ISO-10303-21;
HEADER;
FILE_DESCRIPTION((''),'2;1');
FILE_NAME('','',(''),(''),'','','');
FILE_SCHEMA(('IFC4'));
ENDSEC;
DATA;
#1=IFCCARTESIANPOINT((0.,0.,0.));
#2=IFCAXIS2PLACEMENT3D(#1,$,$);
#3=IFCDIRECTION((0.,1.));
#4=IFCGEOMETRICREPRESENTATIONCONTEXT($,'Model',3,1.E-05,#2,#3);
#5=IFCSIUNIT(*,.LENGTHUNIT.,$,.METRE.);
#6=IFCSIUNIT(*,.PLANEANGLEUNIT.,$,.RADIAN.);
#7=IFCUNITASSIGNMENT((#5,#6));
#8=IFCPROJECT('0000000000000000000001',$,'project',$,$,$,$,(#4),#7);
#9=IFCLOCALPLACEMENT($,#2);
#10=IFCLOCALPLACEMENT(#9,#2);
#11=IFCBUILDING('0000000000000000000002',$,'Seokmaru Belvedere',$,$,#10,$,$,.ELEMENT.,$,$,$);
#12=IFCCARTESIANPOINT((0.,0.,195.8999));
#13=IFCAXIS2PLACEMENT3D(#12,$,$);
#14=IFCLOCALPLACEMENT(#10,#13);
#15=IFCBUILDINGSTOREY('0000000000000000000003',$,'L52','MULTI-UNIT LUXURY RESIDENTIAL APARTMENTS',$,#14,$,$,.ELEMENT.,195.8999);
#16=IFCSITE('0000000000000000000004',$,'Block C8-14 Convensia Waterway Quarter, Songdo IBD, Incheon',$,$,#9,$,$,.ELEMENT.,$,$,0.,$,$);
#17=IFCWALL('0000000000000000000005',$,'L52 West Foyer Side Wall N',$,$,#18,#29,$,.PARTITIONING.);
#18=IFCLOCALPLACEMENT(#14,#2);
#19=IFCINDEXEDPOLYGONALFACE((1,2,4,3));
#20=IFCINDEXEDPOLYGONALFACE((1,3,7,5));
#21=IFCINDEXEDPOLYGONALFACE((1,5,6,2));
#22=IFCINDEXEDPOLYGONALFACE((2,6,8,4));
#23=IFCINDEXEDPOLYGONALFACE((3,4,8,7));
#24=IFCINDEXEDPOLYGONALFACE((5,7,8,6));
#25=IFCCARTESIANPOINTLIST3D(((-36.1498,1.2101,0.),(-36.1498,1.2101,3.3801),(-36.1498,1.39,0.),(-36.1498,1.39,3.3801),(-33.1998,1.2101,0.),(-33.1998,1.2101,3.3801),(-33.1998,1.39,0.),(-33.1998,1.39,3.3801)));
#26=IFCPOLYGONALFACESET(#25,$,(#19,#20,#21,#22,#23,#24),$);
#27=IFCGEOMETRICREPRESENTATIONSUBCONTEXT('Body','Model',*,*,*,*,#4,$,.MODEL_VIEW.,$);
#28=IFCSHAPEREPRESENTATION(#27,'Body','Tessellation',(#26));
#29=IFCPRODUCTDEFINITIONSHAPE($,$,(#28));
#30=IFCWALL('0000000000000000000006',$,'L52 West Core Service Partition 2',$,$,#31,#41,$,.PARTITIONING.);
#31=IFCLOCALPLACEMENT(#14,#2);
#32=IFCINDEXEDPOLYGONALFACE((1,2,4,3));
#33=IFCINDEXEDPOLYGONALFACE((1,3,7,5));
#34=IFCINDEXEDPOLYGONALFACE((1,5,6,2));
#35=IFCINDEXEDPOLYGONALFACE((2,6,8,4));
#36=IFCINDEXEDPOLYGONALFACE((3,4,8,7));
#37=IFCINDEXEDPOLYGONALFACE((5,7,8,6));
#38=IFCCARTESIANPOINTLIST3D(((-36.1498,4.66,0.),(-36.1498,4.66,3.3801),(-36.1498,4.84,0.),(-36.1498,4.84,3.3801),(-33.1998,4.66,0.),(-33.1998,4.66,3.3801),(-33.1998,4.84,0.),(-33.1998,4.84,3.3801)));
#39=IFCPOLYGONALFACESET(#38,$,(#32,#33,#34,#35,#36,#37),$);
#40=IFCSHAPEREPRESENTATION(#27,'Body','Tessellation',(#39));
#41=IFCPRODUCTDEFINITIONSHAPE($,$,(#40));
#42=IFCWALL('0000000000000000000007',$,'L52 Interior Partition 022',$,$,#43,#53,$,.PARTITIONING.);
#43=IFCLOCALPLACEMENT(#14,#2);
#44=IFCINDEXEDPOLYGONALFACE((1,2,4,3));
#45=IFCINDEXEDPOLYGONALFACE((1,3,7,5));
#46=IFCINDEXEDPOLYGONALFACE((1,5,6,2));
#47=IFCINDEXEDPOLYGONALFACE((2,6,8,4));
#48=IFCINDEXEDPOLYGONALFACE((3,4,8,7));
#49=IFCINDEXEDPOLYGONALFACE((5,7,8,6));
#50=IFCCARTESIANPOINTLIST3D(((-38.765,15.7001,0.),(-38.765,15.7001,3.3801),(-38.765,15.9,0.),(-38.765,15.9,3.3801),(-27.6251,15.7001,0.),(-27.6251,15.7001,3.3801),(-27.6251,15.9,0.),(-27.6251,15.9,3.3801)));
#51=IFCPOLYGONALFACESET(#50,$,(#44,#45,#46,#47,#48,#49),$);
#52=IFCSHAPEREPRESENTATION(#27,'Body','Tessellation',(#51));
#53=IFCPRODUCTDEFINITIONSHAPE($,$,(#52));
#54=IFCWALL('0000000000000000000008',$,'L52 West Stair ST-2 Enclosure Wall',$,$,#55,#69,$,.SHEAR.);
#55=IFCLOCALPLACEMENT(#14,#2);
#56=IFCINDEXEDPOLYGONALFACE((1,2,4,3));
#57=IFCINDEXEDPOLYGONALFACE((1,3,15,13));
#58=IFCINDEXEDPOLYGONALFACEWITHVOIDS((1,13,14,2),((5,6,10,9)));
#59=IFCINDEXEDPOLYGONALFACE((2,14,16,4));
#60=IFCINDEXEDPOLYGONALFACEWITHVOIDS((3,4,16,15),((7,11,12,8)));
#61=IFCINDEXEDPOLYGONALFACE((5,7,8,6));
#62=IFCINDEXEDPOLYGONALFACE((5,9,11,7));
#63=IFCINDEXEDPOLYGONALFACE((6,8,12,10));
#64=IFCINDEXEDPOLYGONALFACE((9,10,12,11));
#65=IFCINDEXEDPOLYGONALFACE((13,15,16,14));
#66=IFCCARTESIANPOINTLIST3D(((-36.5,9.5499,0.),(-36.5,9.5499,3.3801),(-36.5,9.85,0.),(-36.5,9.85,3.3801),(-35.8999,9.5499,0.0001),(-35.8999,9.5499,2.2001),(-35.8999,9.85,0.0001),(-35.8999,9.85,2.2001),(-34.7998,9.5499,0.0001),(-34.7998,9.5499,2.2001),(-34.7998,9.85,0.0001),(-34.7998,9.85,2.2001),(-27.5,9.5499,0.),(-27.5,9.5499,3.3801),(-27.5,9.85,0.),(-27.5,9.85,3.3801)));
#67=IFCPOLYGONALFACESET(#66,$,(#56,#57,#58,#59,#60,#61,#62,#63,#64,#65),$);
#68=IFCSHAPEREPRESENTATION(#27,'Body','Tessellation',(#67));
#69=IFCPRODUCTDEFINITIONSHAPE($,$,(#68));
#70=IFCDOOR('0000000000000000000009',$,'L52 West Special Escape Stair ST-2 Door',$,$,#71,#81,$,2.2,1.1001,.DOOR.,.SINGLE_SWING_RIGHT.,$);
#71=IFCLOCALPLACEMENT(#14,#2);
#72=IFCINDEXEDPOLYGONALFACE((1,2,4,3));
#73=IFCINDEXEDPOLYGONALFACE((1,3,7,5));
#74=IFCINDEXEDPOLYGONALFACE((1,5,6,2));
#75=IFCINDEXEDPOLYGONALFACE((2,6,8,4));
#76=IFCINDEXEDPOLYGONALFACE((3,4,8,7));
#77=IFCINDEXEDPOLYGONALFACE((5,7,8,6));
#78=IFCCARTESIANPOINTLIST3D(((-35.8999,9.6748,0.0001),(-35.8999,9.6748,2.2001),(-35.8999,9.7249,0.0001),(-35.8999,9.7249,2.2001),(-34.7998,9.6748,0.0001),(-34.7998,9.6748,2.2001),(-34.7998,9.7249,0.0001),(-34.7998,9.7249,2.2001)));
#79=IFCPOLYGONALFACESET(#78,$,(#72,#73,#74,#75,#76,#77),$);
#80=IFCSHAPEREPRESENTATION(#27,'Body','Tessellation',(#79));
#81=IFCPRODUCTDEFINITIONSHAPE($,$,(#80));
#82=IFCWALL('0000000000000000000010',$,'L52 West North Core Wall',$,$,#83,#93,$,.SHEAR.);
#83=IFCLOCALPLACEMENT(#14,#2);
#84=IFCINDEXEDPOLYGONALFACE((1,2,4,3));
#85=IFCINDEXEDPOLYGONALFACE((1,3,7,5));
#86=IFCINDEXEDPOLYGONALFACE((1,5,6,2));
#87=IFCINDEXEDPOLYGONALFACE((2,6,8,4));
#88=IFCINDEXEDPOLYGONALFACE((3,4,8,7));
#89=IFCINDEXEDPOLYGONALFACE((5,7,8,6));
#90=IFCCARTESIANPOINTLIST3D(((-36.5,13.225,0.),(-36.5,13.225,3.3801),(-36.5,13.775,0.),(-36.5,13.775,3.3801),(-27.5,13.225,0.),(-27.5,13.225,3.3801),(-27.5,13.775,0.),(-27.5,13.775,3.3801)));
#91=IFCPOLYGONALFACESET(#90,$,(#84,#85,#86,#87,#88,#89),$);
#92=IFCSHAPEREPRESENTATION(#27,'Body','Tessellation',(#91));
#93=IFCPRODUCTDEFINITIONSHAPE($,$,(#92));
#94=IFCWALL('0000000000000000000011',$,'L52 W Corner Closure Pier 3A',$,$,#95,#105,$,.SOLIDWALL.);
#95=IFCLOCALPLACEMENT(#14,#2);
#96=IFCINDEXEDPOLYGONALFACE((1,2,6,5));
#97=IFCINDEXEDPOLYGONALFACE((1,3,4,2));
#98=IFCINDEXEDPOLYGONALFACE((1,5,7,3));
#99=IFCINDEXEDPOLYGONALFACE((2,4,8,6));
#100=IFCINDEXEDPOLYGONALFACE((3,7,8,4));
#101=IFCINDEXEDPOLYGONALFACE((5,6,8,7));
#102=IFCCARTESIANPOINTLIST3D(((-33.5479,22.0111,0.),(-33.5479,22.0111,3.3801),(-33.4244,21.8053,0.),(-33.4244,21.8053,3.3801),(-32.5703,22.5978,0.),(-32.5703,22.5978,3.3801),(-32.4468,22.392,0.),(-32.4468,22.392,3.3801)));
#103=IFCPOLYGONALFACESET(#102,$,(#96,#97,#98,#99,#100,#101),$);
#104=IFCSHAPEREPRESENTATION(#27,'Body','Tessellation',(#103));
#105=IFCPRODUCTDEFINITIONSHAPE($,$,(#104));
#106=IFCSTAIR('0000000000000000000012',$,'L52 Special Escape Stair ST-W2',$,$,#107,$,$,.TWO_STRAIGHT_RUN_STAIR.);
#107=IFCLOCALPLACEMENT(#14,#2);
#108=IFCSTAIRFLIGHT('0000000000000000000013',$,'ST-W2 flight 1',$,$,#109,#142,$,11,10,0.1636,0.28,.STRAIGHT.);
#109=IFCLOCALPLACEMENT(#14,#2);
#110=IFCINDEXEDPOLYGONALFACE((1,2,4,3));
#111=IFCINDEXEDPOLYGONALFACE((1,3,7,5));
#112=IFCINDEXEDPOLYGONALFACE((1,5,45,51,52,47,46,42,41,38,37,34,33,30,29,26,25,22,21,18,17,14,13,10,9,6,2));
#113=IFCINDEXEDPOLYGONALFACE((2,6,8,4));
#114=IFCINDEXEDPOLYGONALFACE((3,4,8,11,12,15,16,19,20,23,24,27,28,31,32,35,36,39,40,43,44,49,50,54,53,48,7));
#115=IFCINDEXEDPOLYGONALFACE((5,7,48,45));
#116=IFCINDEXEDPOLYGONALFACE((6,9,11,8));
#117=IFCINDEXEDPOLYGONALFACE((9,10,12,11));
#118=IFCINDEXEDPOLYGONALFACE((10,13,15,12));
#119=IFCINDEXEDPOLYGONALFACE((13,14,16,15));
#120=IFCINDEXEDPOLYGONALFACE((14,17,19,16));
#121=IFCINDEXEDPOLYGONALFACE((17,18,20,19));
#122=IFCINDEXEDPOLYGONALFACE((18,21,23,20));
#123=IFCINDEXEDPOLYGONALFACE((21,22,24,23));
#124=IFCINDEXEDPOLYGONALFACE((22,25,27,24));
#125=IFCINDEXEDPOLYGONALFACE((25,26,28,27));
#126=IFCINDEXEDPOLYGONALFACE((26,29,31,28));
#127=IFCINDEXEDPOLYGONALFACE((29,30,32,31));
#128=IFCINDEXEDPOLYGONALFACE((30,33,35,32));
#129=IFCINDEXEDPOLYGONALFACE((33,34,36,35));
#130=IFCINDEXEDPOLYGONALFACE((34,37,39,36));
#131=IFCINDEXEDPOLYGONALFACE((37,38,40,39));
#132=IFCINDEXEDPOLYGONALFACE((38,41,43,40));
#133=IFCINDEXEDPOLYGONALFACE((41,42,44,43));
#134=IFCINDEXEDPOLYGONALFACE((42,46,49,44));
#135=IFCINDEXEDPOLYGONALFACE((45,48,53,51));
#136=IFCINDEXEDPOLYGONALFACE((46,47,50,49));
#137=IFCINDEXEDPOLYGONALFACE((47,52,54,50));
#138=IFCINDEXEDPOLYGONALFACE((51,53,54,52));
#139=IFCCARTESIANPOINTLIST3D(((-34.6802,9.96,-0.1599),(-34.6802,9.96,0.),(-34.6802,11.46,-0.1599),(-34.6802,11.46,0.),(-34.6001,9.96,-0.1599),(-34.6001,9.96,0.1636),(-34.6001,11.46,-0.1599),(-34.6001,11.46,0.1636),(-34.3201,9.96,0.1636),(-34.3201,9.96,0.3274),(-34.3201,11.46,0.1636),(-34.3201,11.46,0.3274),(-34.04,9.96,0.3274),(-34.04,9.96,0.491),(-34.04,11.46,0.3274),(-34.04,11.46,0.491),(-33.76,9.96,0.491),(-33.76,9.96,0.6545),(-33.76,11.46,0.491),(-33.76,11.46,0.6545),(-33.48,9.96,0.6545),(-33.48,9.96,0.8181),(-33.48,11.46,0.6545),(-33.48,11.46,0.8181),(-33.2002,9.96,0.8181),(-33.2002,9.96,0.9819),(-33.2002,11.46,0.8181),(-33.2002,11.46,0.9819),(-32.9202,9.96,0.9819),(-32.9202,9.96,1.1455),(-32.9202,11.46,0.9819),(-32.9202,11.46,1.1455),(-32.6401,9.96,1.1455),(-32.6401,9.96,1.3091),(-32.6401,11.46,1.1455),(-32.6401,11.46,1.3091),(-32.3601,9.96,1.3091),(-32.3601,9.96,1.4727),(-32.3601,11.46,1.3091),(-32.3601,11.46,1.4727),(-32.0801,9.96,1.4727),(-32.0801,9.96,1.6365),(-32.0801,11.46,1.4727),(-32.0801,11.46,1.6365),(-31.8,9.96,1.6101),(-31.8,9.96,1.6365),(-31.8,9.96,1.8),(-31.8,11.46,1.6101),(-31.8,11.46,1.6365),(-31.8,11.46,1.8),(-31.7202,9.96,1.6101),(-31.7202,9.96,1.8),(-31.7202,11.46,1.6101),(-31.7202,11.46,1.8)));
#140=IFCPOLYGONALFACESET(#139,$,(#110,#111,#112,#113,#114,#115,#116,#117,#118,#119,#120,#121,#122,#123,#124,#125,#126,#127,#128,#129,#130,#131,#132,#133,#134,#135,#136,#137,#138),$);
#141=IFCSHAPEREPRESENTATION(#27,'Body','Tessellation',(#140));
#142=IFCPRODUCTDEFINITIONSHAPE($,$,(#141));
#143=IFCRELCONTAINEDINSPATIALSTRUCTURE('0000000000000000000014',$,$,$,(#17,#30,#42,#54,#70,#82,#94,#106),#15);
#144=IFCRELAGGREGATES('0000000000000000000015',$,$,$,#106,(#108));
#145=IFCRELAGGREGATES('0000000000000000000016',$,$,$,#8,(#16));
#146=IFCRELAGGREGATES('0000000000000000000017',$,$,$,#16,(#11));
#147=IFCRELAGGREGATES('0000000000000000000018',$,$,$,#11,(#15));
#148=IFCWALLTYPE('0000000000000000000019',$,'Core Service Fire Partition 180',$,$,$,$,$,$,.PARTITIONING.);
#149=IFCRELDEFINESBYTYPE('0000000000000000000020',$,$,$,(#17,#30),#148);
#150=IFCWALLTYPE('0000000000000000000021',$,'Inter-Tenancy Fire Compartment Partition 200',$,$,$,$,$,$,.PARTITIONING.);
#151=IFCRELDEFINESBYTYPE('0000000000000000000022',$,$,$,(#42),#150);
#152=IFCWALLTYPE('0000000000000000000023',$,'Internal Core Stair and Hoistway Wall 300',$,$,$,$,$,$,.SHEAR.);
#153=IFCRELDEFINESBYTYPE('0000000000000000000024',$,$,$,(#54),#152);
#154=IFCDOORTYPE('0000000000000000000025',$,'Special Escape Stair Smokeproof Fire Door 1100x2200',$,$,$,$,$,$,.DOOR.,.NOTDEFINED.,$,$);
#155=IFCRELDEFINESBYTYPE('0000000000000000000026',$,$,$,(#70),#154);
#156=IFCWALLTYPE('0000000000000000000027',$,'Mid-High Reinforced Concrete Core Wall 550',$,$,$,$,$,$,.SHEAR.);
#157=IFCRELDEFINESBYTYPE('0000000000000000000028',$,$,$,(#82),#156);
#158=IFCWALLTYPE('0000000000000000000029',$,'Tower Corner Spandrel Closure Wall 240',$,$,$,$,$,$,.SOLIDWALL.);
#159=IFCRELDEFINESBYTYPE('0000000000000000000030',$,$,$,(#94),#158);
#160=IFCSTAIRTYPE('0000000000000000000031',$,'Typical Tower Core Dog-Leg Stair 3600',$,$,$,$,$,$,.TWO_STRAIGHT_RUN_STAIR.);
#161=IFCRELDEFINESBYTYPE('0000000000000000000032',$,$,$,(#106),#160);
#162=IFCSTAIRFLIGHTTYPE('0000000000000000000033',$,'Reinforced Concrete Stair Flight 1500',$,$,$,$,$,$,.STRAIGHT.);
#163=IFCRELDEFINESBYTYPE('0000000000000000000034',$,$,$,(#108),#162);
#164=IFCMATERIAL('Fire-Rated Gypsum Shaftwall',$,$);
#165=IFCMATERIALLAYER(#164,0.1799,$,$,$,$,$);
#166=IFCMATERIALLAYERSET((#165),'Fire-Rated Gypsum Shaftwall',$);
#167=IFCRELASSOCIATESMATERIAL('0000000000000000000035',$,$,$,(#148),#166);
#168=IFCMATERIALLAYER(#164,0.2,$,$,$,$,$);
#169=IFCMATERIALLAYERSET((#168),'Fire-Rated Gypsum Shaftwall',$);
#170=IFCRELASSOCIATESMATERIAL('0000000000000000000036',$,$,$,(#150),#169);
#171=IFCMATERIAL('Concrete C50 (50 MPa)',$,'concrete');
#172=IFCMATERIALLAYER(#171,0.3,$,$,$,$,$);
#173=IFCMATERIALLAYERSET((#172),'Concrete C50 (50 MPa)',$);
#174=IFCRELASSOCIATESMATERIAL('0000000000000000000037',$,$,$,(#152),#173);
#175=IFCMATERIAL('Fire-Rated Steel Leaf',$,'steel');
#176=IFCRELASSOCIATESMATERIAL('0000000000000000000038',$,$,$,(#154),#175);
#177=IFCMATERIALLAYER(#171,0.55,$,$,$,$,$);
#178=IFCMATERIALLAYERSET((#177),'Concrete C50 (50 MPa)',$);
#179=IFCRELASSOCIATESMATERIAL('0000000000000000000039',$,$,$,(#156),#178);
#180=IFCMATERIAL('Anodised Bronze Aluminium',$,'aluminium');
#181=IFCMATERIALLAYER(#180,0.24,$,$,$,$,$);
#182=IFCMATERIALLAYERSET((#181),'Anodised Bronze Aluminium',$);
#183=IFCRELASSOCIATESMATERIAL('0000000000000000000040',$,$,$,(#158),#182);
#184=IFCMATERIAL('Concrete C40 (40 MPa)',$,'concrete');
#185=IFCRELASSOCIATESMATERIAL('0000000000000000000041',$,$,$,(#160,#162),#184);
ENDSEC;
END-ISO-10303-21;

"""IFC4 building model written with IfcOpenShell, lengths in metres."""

from ifc_helpers import new_model, si_unit, direction, frame, frame_2d, origin, place, context, subcontext, project, spatial, polyline, rectangle, outline, extrude, source, transform, mapped, material, layer, layer_set, type_object, type_shapes, element, fill, aggregate, save


model = new_model("IFC4")

# Units and contexts
model_context = context("Model", 3, precision=1e-05, world=origin(), true_north=direction((0.0, 1.0)))
body_context = subcontext(model_context, "Body", "Model", "MODEL_VIEW")
ifc_project = project(units=[si_unit("LENGTHUNIT", "METRE"), si_unit("PLANEANGLEUNIT", "RADIAN")], contexts=[model_context])

# Site, building, storey
site_placement = place(None, origin())
site = spatial("IfcSite", under=ifc_project, at=site_placement, Name="Block C8-14 Convensia Waterway Quarter, Songdo IBD, Incheon", CompositionType="ELEMENT", RefElevation=0.0)
building_placement = place(site_placement, origin())
building = spatial("IfcBuilding", under=site, at=building_placement, Name="Seokmaru Belvedere", CompositionType="ELEMENT")
storey_placement = place(building_placement, frame((0.0, 0.0, 195.8999)))
storey = spatial("IfcBuildingStorey", under=building, at=storey_placement, Name="L52", Description="MULTI-UNIT LUXURY RESIDENTIAL APARTMENTS", CompositionType="ELEMENT", Elevation=195.8999)

# Shared definitions
ifc_material_1 = material(Name="Anodised Bronze Aluminium", Category="aluminium")

# Shared definitions
ifc_material_2 = material(Name="Fire-Rated Gypsum Shaftwall")
ifc_layer_1 = layer(ifc_material_2, 0.1799)
ifc_layer_set_1 = layer_set([ifc_layer_1], Name="Fire-Rated Gypsum Shaftwall")
wall_type_1 = type_object("IfcWallType", Name="Core Service Fire Partition 180", PredefinedType="PARTITIONING", material=ifc_layer_set_1)

# Shared definitions
ifc_material_3 = material(Name="Fire-Rated Steel Leaf", Category="steel")

# Walls
for number, where, z_axis, x_axis, name in (
    (1, (-36.1499, 1.3, 0.0), (0.0, 0.0, 1.0), (1.0, 0.0, 0.0), "L52 West Foyer Side Wall N"),
    (2, (-36.1499, 4.75, 0.0), (0.0, 0.0, 1.0), (1.0, 0.0, 0.0), "L52 West Core Service Partition 2"),
):
    element("IfcWall", number, at=place(storey_placement, frame(where, z_axis=z_axis, x_axis=x_axis)), inside=storey, type_object=wall_type_1, Name=name, PredefinedType="PARTITIONING", context=body_context, shape_type="SweptSolid", body=[
        extrude(rectangle(XDim=2.95, YDim=0.1799, at=frame_2d((1.4751, 0.0))), origin(), (0.0, 0.0, 1.0), 3.3801),
    ])
ifc_layer_2 = layer(ifc_material_2, 0.2)
ifc_layer_set_2 = layer_set([ifc_layer_2], Name="Fire-Rated Gypsum Shaftwall")
wall_type_2 = type_object("IfcWallType", Name="Inter-Tenancy Fire Compartment Partition 200", PredefinedType="PARTITIONING", material=ifc_layer_set_2)
wall_1_placement = place(storey_placement, frame((-38.7649, 15.8, 0.0), z_axis=(0.0, 0.0, 1.0), x_axis=(1.0, 0.0, 0.0)))
element("IfcWall", 3, at=wall_1_placement, inside=storey, type_object=wall_type_2, Name="L52 Interior Partition 022", PredefinedType="PARTITIONING", context=body_context, shape_type="SweptSolid", body=[
    extrude(rectangle(XDim=11.1399, YDim=0.2, at=frame_2d((5.5698, 0.0))), origin(), (0.0, 0.0, 1.0), 3.3801),
])

# Wall, opening, door
ifc_material_4 = material(Name="Concrete C50 (50 MPa)", Category="concrete")
ifc_layer_3 = layer(ifc_material_4, 0.3)
ifc_layer_set_3 = layer_set([ifc_layer_3], Name="Concrete C50 (50 MPa)")
wall_type_3 = type_object("IfcWallType", Name="Internal Core Stair and Hoistway Wall 300", PredefinedType="SHEAR", material=ifc_layer_set_3)
wall_2_placement = place(storey_placement, frame((-36.5, 9.7, 0.0), z_axis=(0.0, 0.0, 1.0), x_axis=(1.0, 0.0, 0.0)))
wall_2 = element("IfcWall", 4, at=wall_2_placement, inside=storey, type_object=wall_type_3, Name="L52 West Stair ST-2 Enclosure Wall", PredefinedType="SHEAR", context=body_context, shape_type="SweptSolid", body=[
    extrude(rectangle(XDim=9.0, YDim=0.3, at=frame_2d((4.5, 0.0))), origin(), (0.0, 0.0, 1.0), 3.3801),
])
opening_1_placement = place(wall_2_placement, frame((0.6001, 0.0, 0.0)))
opening_1 = element("IfcOpeningElement", 5, at=opening_1_placement, cuts=wall_2, PredefinedType="OPENING", context=body_context, shape_type="SweptSolid", body=[
    extrude(rectangle(XDim=1.1001, YDim=2.2, at=frame_2d((0.55, 1.1001))), frame((0.0, 0.1602, 0.0), z_axis=(0.0, -1.0, 0.0), x_axis=(1.0, 0.0, 0.0)), (0.0, 0.0, 1.0), 0.3201),
])
door_type_1 = type_object("IfcDoorType", Name="Special Escape Stair Smokeproof Fire Door 1100x2200", OperationType="NOTDEFINED", PredefinedType="DOOR", material=ifc_material_3)
shared_shape_1 = source(origin(), body_context, "Body", "SweptSolid", [
    extrude(rectangle(XDim=1.1001, YDim=2.2, at=frame_2d((0.55, 1.1001))), frame((0.0, 0.0249, 0.0), z_axis=(0.0, -1.0, 0.0), x_axis=(1.0, 0.0, 0.0)), (0.0, 0.0, 1.0), 0.05),
])
type_shapes(door_type_1, [shared_shape_1])
door_1_placement = place(opening_1_placement, origin())
door_1 = element("IfcDoor", 6, at=door_1_placement, inside=storey, type_object=door_type_1, Name="L52 West Special Escape Stair ST-2 Door", OperationType="SINGLE_SWING_RIGHT", OverallHeight=2.2, OverallWidth=1.1001, PredefinedType="DOOR", context=body_context, shape_type="MappedRepresentation", body=[
    mapped(shared_shape_1, transform((0.0, 0.0, 0.0), scale=1.0)),
])
fill(opening_1, door_1)

# Wall
ifc_layer_4 = layer(ifc_material_4, 0.55)
ifc_layer_set_4 = layer_set([ifc_layer_4], Name="Concrete C50 (50 MPa)")
wall_type_4 = type_object("IfcWallType", Name="Mid-High Reinforced Concrete Core Wall 550", PredefinedType="SHEAR", material=ifc_layer_set_4)
wall_3_placement = place(storey_placement, frame((-36.5, 13.5, 0.0), z_axis=(0.0, 0.0, 1.0), x_axis=(1.0, 0.0, 0.0)))
element("IfcWall", 7, at=wall_3_placement, inside=storey, type_object=wall_type_4, Name="L52 West North Core Wall", PredefinedType="SHEAR", context=body_context, shape_type="SweptSolid", body=[
    extrude(rectangle(XDim=9.0, YDim=0.55, at=frame_2d((4.5, 0.0))), origin(), (0.0, 0.0, 1.0), 3.3801),
])

# Wall
ifc_layer_5 = layer(ifc_material_1, 0.24)
ifc_layer_set_5 = layer_set([ifc_layer_5], Name="Anodised Bronze Aluminium")
wall_type_5 = type_object("IfcWallType", Name="Tower Corner Spandrel Closure Wall 240", PredefinedType="SOLIDWALL", material=ifc_layer_set_5)
wall_4_placement = place(storey_placement, frame((-32.5085, 22.4949, 0.0), z_axis=(0.0, 0.0, 1.0), x_axis=(-0.857436, -0.51459, 0.0)))
element("IfcWall", 8, at=wall_4_placement, inside=storey, type_object=wall_type_5, Name="L52 W Corner Closure Pier 3A", PredefinedType="SOLIDWALL", context=body_context, shape_type="SweptSolid", body=[
    extrude(rectangle(XDim=1.1401, YDim=0.24, at=frame_2d((0.5701, 0.0))), origin(), (0.0, 0.0, 1.0), 3.3801),
])

# Stair, stair flight
ifc_material_5 = material(Name="Concrete C40 (40 MPa)", Category="concrete")
stair_type = type_object("IfcStairType", Name="Typical Tower Core Dog-Leg Stair 3600", PredefinedType="TWO_STRAIGHT_RUN_STAIR", material=ifc_material_5)
stair_placement = place(storey_placement, origin())
stair = element("IfcStair", 9, at=stair_placement, inside=storey, type_object=stair_type, Name="L52 Special Escape Stair ST-W2", PredefinedType="TWO_STRAIGHT_RUN_STAIR")
stair_flight_type = type_object("IfcStairFlightType", Name="Reinforced Concrete Stair Flight 1500", PredefinedType="STRAIGHT", material=ifc_material_5)
stair_flight_placement = place(storey_placement, frame((-34.6001, 10.71, 0.0), z_axis=(0.0, 0.0, 1.0), x_axis=(1.0, 0.0, 0.0)))
stair_flight = element("IfcStairFlight", 10, at=stair_flight_placement, type_object=stair_flight_type, Name="ST-W2 flight 1", NumberOfRisers=11, NumberOfTreads=10, PredefinedType="STRAIGHT", RiserHeight=0.1636, TreadLength=0.28, context=body_context, shape_type="SweptSolid", body=[
    extrude(outline(polyline([(-0.0801, 0.0), (0.0, 0.1636), (0.28, 0.1636), (0.28, 0.3274), (0.5601, 0.3274), (0.5601, 0.491), (0.8401, 0.491), (0.8401, 0.6545), (1.1201, 0.6545), (1.1201, 0.8181), (1.3999, 0.8181), (1.3999, 0.9819), (1.6799, 0.9819), (1.6799, 1.1455), (1.96, 1.1455), (1.96, 1.3091), (2.24, 1.3091), (2.24, 1.4727), (2.52, 1.4727), (2.52, 1.6365), (2.8, 1.6365), (2.8, 1.8), (2.8799, 1.8), (2.8799, 1.6101), (2.8, 1.6101), (0.0, -0.1599), (-0.0801, -0.1599), (-0.0801, 0.0)])), frame((0.0, 0.75, 0.0), z_axis=(0.0, -1.0, 0.0), x_axis=(1.0, 0.0, 0.0)), (0.0, 0.0, 1.0), 1.5),
])
aggregate(stair, [stair_flight])

save(model, "model.ifc")
